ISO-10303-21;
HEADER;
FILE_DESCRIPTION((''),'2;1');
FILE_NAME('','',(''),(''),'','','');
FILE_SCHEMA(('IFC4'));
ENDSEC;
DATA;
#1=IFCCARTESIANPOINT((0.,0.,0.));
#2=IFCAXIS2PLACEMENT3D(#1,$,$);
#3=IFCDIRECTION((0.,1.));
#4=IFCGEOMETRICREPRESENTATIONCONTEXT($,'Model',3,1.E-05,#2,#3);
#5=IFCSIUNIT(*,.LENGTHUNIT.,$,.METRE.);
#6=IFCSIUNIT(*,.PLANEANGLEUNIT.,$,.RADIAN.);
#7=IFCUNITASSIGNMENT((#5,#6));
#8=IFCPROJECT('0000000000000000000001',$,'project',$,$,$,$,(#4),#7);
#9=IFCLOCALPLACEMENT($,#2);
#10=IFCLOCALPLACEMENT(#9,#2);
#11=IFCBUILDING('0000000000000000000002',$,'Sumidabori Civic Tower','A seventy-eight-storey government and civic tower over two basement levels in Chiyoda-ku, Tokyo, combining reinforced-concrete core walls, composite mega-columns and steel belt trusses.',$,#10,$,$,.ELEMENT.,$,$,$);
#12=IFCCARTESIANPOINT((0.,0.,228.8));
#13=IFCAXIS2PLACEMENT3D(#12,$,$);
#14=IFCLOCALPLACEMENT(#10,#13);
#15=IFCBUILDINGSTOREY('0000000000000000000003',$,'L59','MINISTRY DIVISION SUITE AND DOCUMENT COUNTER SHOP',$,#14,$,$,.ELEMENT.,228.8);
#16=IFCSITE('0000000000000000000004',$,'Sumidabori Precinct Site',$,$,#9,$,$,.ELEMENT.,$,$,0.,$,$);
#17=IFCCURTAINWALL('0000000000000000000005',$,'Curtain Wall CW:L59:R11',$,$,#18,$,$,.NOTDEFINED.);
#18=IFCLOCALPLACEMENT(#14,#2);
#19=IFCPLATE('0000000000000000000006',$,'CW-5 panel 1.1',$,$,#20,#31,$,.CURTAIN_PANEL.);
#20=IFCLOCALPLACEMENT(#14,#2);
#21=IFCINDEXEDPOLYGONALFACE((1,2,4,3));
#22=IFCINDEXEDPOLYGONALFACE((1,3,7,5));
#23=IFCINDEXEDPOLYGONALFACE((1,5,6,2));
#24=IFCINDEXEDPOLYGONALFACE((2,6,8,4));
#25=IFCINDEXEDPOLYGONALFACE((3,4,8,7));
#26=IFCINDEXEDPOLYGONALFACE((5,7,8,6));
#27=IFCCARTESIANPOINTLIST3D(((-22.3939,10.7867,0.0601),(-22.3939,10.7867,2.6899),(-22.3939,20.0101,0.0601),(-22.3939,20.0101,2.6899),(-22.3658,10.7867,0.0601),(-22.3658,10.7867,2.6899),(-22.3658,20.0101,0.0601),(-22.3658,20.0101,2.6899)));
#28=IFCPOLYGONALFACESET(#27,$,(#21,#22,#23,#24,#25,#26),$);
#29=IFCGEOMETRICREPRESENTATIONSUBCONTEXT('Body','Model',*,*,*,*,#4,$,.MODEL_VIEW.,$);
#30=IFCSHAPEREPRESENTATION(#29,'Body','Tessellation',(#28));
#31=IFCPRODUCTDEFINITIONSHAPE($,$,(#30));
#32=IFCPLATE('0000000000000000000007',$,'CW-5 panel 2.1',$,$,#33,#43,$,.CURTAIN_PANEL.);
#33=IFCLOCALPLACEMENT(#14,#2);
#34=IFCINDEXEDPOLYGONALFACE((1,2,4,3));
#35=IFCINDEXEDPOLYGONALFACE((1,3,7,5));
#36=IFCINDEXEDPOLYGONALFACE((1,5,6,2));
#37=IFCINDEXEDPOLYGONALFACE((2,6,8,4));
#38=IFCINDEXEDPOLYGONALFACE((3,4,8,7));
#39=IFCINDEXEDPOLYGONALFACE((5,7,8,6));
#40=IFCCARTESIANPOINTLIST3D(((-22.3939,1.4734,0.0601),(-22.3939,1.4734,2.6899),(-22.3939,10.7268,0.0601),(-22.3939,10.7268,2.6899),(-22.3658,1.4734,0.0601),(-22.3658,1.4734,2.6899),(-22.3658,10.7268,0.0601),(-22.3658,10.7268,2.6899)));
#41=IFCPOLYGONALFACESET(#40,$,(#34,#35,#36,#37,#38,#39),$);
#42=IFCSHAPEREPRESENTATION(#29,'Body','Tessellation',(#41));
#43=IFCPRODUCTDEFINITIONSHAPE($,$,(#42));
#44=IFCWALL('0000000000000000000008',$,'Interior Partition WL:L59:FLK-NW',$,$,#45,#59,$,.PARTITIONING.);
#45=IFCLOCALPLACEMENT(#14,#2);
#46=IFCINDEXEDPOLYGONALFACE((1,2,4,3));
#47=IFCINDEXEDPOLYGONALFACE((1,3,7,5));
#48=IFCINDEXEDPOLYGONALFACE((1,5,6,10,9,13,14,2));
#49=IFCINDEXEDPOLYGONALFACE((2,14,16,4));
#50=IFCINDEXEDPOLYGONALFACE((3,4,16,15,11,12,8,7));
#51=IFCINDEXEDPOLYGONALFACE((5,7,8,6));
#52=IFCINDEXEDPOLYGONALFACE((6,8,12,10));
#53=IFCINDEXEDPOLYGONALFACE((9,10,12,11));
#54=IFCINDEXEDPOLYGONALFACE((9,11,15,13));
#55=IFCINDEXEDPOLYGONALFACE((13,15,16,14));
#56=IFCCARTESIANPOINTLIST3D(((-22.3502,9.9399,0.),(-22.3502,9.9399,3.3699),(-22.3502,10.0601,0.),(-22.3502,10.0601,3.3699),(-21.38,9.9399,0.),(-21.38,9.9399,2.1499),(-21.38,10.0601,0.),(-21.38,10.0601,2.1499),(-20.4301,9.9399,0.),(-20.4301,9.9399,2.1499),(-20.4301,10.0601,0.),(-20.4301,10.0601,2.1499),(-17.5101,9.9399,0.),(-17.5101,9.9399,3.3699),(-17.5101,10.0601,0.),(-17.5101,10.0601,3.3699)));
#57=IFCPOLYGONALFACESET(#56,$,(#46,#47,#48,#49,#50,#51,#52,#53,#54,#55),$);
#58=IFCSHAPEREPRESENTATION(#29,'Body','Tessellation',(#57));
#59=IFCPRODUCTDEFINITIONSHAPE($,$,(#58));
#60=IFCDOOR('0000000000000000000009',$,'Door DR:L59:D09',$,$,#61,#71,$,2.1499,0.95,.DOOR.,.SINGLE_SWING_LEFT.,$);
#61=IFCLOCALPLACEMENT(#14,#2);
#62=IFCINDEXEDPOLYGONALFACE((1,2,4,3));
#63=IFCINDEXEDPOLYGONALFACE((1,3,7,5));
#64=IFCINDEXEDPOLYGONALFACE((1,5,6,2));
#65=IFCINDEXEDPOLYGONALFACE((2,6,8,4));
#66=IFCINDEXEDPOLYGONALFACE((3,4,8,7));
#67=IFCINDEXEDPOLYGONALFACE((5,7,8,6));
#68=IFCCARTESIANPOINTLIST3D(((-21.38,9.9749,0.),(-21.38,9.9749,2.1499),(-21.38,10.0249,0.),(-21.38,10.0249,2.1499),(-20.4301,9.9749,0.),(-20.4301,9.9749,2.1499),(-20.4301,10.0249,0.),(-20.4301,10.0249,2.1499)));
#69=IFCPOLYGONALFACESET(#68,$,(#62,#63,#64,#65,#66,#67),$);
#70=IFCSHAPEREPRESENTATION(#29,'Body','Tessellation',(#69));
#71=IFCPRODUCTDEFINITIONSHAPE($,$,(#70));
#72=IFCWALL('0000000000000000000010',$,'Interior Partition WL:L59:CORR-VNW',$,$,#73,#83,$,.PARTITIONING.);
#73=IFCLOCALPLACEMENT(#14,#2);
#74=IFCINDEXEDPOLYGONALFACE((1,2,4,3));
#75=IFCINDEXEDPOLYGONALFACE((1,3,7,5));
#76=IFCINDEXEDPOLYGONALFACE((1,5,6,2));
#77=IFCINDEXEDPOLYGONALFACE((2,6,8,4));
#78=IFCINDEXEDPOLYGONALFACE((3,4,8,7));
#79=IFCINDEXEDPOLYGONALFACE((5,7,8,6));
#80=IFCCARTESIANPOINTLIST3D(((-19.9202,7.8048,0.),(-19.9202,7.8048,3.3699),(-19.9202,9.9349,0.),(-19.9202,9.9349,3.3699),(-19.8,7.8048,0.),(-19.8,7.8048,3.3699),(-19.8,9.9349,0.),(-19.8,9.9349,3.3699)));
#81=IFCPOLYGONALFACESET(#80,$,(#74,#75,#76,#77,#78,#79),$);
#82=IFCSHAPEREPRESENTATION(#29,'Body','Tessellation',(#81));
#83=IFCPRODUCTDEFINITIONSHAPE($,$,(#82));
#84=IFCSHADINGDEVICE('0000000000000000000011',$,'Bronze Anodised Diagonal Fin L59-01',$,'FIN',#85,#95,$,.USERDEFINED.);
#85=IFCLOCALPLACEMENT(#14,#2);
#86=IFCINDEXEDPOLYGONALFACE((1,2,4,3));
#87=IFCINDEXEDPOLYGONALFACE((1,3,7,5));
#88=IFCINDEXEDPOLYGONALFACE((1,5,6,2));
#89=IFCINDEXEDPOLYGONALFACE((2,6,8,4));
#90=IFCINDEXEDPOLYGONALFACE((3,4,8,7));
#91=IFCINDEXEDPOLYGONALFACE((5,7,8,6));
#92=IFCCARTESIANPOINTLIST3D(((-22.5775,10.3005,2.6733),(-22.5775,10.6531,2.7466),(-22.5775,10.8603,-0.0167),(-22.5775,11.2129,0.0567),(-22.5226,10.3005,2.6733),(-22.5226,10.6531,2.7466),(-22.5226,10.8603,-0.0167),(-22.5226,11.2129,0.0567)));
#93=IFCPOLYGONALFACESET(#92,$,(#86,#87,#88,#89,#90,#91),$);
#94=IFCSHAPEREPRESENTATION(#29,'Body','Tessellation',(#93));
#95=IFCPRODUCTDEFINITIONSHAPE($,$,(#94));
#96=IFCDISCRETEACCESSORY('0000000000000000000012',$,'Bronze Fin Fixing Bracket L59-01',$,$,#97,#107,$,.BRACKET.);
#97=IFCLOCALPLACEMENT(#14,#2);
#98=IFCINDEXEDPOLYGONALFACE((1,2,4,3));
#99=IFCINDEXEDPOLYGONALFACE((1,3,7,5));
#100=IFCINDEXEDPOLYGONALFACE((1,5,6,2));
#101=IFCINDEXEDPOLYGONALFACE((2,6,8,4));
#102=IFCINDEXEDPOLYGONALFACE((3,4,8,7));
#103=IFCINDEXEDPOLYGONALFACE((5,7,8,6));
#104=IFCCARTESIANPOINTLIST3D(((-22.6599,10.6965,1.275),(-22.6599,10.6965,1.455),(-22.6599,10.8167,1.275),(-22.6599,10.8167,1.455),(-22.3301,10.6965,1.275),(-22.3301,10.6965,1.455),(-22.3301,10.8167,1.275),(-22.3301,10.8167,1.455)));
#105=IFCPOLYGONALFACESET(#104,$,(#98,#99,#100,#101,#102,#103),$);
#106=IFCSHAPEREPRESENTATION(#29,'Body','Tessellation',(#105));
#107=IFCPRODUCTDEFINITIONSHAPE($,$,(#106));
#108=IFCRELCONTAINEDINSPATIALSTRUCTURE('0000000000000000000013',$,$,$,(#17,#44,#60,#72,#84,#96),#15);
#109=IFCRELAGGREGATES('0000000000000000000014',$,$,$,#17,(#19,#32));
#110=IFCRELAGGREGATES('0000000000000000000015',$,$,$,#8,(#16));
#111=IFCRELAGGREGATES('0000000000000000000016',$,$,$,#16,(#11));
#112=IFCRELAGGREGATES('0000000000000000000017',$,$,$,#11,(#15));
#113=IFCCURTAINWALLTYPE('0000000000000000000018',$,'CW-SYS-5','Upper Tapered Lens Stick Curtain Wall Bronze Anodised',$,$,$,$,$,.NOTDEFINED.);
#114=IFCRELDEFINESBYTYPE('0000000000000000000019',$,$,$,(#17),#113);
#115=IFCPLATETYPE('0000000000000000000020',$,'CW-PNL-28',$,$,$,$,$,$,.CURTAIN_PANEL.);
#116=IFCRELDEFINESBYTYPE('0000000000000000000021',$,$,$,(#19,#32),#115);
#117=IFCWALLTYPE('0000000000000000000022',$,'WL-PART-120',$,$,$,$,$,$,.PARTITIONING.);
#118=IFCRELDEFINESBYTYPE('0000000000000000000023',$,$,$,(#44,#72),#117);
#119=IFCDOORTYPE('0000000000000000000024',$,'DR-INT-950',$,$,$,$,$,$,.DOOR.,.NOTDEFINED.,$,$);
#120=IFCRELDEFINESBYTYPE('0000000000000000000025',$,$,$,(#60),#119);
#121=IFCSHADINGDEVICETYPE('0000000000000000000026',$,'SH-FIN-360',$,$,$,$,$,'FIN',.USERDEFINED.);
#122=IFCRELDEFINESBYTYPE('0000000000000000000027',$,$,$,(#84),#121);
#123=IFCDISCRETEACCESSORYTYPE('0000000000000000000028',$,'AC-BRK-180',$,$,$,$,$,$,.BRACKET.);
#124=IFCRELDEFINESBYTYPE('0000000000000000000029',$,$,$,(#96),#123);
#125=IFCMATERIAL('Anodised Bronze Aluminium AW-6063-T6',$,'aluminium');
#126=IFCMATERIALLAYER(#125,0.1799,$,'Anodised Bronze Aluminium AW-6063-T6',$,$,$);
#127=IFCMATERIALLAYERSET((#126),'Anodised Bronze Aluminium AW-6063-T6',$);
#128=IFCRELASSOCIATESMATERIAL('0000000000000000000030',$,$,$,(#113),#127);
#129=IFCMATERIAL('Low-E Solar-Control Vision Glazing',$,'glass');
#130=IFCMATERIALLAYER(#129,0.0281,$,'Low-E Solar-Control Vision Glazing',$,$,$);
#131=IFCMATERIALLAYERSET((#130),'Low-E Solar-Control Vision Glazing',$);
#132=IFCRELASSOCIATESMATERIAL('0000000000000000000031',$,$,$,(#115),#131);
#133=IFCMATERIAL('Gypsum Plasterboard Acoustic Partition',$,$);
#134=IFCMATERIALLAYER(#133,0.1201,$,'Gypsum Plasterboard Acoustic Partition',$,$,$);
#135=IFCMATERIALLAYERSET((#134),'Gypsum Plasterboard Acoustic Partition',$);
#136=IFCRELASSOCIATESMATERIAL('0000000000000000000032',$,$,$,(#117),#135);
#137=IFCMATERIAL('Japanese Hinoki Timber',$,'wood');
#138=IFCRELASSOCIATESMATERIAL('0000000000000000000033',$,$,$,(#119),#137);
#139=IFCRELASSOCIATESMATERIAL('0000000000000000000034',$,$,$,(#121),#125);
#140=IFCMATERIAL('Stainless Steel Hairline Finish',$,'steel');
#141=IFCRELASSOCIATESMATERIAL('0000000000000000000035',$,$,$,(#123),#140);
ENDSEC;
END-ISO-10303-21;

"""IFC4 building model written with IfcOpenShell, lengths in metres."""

from ifc_helpers import new_model, si_unit, direction, frame, frame_2d, origin, origin_2d, place, context, subcontext, project, spatial, rectangle, extrude, source, transform, mapped, material, layer, layer_set, material_profile, profile_set, type_object, element, fill, aggregate, save


model = new_model("IFC4")

# Units and contexts
model_context = context("Model", 3, precision=1e-05, world=origin(), true_north=direction((0.0, 1.0)))
body_context = subcontext(model_context, "Body", "Model", "MODEL_VIEW")
ifc_project = project(units=[si_unit("LENGTHUNIT", "METRE"), si_unit("PLANEANGLEUNIT", "RADIAN")], contexts=[model_context])

# Site, building, storey
site_placement = place(None, origin())
site = spatial("IfcSite", under=ifc_project, at=site_placement, Name="Sumidabori Precinct Site", CompositionType="ELEMENT", RefElevation=0.0)
building_placement = place(site_placement, origin())
building = spatial("IfcBuilding", under=site, at=building_placement, Name="Sumidabori Civic Tower", Description="A seventy-eight-storey government and civic tower over two basement levels in Chiyoda-ku, Tokyo, combining reinforced-concrete core walls, composite mega-columns and steel belt trusses.", CompositionType="ELEMENT")
storey_placement = place(building_placement, frame((0.0, 0.0, 228.8)))
storey = spatial("IfcBuildingStorey", under=building, at=storey_placement, Name="L59", Description="MINISTRY DIVISION SUITE AND DOCUMENT COUNTER SHOP", CompositionType="ELEMENT", Elevation=228.8)

# Curtain wall, plates
ifc_material_1 = material(Name="Anodised Bronze Aluminium AW-6063-T6", Category="aluminium")
ifc_layer_1 = layer(ifc_material_1, 0.1799, Name="Anodised Bronze Aluminium AW-6063-T6")
ifc_layer_set_1 = layer_set([ifc_layer_1], Name="Anodised Bronze Aluminium AW-6063-T6")
curtain_wall_type = type_object("IfcCurtainWallType", Name="CW-SYS-5", Description="Upper Tapered Lens Stick Curtain Wall Bronze Anodised", PredefinedType="NOTDEFINED", material=ifc_layer_set_1)
curtain_wall_placement = place(storey_placement, origin())
curtain_wall = element("IfcCurtainWall", 1, at=curtain_wall_placement, inside=storey, type_object=curtain_wall_type, Name="Curtain Wall CW:L59:R11", PredefinedType="NOTDEFINED")
ifc_material_2 = material(Name="Low-E Solar-Control Vision Glazing", Category="glass")
ifc_layer_2 = layer(ifc_material_2, 0.0281, Name="Low-E Solar-Control Vision Glazing")
ifc_layer_set_2 = layer_set([ifc_layer_2], Name="Low-E Solar-Control Vision Glazing")
plate_type = type_object("IfcPlateType", Name="CW-PNL-28", PredefinedType="CURTAIN_PANEL", material=ifc_layer_set_2)
shared_shape_1 = source(origin(), body_context, "Body", "SweptSolid", [
    extrude(rectangle(XDim=9.2234, YDim=0.0281, at=origin_2d()), origin(), (0.0, 0.0, 1.0), 2.6299),
])
plate_1_placement = place(storey_placement, frame((-22.3799, 15.3984, 0.0601), z_axis=(0.0, 0.0, 1.0), x_axis=(0.0, -1.0, 0.0)))
plate_1 = element("IfcPlate", 2, at=plate_1_placement, type_object=plate_type, Name="CW-5 panel 1.1", PredefinedType="CURTAIN_PANEL", context=body_context, shape_type="MappedRepresentation", body=[
    mapped(shared_shape_1, transform((0.0, 0.0, 0.0), x_axis=(1.0, 0.0, 0.0), y_axis=(0.0, 1.0, 0.0), z_axis=(0.0, 0.0, 1.0), scale=1.0)),
])
shared_shape_2 = source(origin(), body_context, "Body", "SweptSolid", [
    extrude(rectangle(XDim=9.2534, YDim=0.0281, at=origin_2d()), origin(), (0.0, 0.0, 1.0), 2.6299),
])
plate_2_placement = place(storey_placement, frame((-22.3799, 6.1001, 0.0601), z_axis=(0.0, 0.0, 1.0), x_axis=(0.0, -1.0, 0.0)))
plate_2 = element("IfcPlate", 3, at=plate_2_placement, type_object=plate_type, Name="CW-5 panel 2.1", PredefinedType="CURTAIN_PANEL", context=body_context, shape_type="MappedRepresentation", body=[
    mapped(shared_shape_2, transform((0.0, 0.0, 0.0), x_axis=(1.0, 0.0, 0.0), y_axis=(0.0, 1.0, 0.0), z_axis=(0.0, 0.0, 1.0), scale=1.0)),
])
aggregate(curtain_wall, [plate_1, plate_2])

# Wall, opening, door
ifc_material_3 = material(Name="Gypsum Plasterboard Acoustic Partition")
ifc_layer_3 = layer(ifc_material_3, 0.1201, Name="Gypsum Plasterboard Acoustic Partition")
ifc_layer_set_3 = layer_set([ifc_layer_3], Name="Gypsum Plasterboard Acoustic Partition")
wall_type = type_object("IfcWallType", Name="WL-PART-120", PredefinedType="PARTITIONING", material=ifc_layer_set_3)
shared_shape_3 = source(origin(), body_context, "Body", "SweptSolid", [
    extrude(rectangle(XDim=4.8401, YDim=0.1201, at=frame_2d((2.4199, 0.0))), origin(), (0.0, 0.0, 1.0), 3.3699),
])
wall_1_placement = place(storey_placement, frame((-22.3501, 10.0, 0.0), z_axis=(0.0, 0.0, 1.0), x_axis=(1.0, 0.0, 0.0)))
wall_1 = element("IfcWall", 4, at=wall_1_placement, inside=storey, type_object=wall_type, Name="Interior Partition WL:L59:FLK-NW", PredefinedType="PARTITIONING", context=body_context, shape_type="MappedRepresentation", body=[
    mapped(shared_shape_3, transform((0.0, 0.0, 0.0), x_axis=(1.0, 0.0, 0.0), y_axis=(0.0, 1.0, 0.0), z_axis=(0.0, 0.0, 1.0), scale=1.0)),
])
opening_1_placement = place(wall_1_placement, frame((0.97, 0.0, 0.0)))
opening_1 = element("IfcOpeningElement", 5, at=opening_1_placement, cuts=wall_1, PredefinedType="OPENING", context=body_context, shape_type="SweptSolid", body=[
    extrude(rectangle(XDim=0.95, YDim=2.1499, at=frame_2d((0.4751, 1.075))), frame((0.0, 0.072, 0.0), z_axis=(0.0, -1.0, 0.0), x_axis=(1.0, 0.0, 0.0)), (0.0, 0.0, 1.0), 0.144),
])
ifc_material_4 = material(Name="Japanese Hinoki Timber", Category="wood")
door_type = type_object("IfcDoorType", Name="DR-INT-950", OperationType="NOTDEFINED", PredefinedType="DOOR", material=ifc_material_4)
shared_shape_4 = source(origin(), body_context, "Body", "SweptSolid", [
    extrude(rectangle(XDim=0.95, YDim=2.1499, at=frame_2d((0.4751, 1.075))), frame((0.0, 0.0249, 0.0), z_axis=(0.0, -1.0, 0.0), x_axis=(1.0, 0.0, 0.0)), (0.0, 0.0, 1.0), 0.05),
])
door_1_placement = place(opening_1_placement, origin())
door_1 = element("IfcDoor", 6, at=door_1_placement, inside=storey, type_object=door_type, Name="Door DR:L59:D09", OperationType="SINGLE_SWING_LEFT", OverallHeight=2.1499, OverallWidth=0.95, PredefinedType="DOOR", context=body_context, shape_type="MappedRepresentation", body=[
    mapped(shared_shape_4, transform((0.0, 0.0, 0.0), x_axis=(1.0, 0.0, 0.0), y_axis=(0.0, 1.0, 0.0), z_axis=(0.0, 0.0, 1.0), scale=1.0)),
])
fill(opening_1, door_1)

# Wall
shared_shape_5 = source(origin(), body_context, "Body", "SweptSolid", [
    extrude(rectangle(XDim=2.1301, YDim=0.1201, at=frame_2d((1.0649, 0.0))), origin(), (0.0, 0.0, 1.0), 3.3699),
])
wall_2_placement = place(storey_placement, frame((-19.8601, 7.8049, 0.0), z_axis=(0.0, 0.0, 1.0), x_axis=(0.0, 1.0, 0.0)))
element("IfcWall", 7, at=wall_2_placement, inside=storey, type_object=wall_type, Name="Interior Partition WL:L59:CORR-VNW", PredefinedType="PARTITIONING", context=body_context, shape_type="MappedRepresentation", body=[
    mapped(shared_shape_5, transform((0.0, 0.0, 0.0), x_axis=(1.0, 0.0, 0.0), y_axis=(0.0, 1.0, 0.0), z_axis=(0.0, 0.0, 1.0), scale=1.0)),
])

# Shading device
ifc_material_profile_1 = material_profile(ifc_material_1, rectangle(XDim=0.0549, YDim=0.3601, at=origin_2d()), Name="BRONZE FIN 360x55")
ifc_profile_set_1 = profile_set([ifc_material_profile_1], Name="Anodised Bronze Aluminium AW-6063-T6")
shading_device_type = type_object("IfcShadingDeviceType", Name="SH-FIN-360", ElementType="FIN", PredefinedType="USERDEFINED", material=ifc_profile_set_1)
shared_shape_6 = source(origin(), body_context, "Body", "SweptSolid", [
    extrude(rectangle(XDim=0.0549, YDim=0.3601, at=origin_2d()), origin(), (0.0, 0.0, 1.0), 2.7476),
])
shading_device_placement = place(storey_placement, frame((-22.55, 11.0366, 0.02), z_axis=(0.0, -0.203748, 0.979023), x_axis=(-1.0, 0.0, 0.0)))
element("IfcShadingDevice", 8, at=shading_device_placement, inside=storey, type_object=shading_device_type, Name="Bronze Anodised Diagonal Fin L59-01", ObjectType="FIN", PredefinedType="USERDEFINED", context=body_context, shape_type="MappedRepresentation", body=[
    mapped(shared_shape_6, transform((0.0, 0.0, 0.0), x_axis=(1.0, 0.0, 0.0), y_axis=(0.0, 1.0, 0.0), z_axis=(0.0, 0.0, 1.0), scale=1.0)),
])

# Discrete accessory
ifc_material_5 = material(Name="Stainless Steel Hairline Finish", Category="steel")
ifc_material_profile_2 = material_profile(ifc_material_5, rectangle(XDim=0.1201, YDim=0.1799, at=origin_2d()), Name="STEEL BRACKET 180x120")
ifc_profile_set_2 = profile_set([ifc_material_profile_2], Name="Stainless Steel Hairline Finish")
discrete_accessory_type = type_object("IfcDiscreteAccessoryType", Name="AC-BRK-180", PredefinedType="BRACKET", material=ifc_profile_set_2)
shared_shape_7 = source(origin(), body_context, "Body", "SweptSolid", [
    extrude(rectangle(XDim=0.1201, YDim=0.1799, at=origin_2d()), origin(), (0.0, 0.0, 1.0), 0.3298),
])
discrete_accessory_placement = place(storey_placement, frame((-22.3301, 10.7566, 1.365), z_axis=(-1.0, 0.0, 0.0), x_axis=(0.0, -1.0, 0.0)))
element("IfcDiscreteAccessory", 9, at=discrete_accessory_placement, inside=storey, type_object=discrete_accessory_type, Name="Bronze Fin Fixing Bracket L59-01", PredefinedType="BRACKET", context=body_context, shape_type="MappedRepresentation", body=[
    mapped(shared_shape_7, transform((0.0, 0.0, 0.0), x_axis=(1.0, 0.0, 0.0), y_axis=(0.0, 1.0, 0.0), z_axis=(0.0, 0.0, 1.0), scale=1.0)),
])

save(model, "model.ifc")
